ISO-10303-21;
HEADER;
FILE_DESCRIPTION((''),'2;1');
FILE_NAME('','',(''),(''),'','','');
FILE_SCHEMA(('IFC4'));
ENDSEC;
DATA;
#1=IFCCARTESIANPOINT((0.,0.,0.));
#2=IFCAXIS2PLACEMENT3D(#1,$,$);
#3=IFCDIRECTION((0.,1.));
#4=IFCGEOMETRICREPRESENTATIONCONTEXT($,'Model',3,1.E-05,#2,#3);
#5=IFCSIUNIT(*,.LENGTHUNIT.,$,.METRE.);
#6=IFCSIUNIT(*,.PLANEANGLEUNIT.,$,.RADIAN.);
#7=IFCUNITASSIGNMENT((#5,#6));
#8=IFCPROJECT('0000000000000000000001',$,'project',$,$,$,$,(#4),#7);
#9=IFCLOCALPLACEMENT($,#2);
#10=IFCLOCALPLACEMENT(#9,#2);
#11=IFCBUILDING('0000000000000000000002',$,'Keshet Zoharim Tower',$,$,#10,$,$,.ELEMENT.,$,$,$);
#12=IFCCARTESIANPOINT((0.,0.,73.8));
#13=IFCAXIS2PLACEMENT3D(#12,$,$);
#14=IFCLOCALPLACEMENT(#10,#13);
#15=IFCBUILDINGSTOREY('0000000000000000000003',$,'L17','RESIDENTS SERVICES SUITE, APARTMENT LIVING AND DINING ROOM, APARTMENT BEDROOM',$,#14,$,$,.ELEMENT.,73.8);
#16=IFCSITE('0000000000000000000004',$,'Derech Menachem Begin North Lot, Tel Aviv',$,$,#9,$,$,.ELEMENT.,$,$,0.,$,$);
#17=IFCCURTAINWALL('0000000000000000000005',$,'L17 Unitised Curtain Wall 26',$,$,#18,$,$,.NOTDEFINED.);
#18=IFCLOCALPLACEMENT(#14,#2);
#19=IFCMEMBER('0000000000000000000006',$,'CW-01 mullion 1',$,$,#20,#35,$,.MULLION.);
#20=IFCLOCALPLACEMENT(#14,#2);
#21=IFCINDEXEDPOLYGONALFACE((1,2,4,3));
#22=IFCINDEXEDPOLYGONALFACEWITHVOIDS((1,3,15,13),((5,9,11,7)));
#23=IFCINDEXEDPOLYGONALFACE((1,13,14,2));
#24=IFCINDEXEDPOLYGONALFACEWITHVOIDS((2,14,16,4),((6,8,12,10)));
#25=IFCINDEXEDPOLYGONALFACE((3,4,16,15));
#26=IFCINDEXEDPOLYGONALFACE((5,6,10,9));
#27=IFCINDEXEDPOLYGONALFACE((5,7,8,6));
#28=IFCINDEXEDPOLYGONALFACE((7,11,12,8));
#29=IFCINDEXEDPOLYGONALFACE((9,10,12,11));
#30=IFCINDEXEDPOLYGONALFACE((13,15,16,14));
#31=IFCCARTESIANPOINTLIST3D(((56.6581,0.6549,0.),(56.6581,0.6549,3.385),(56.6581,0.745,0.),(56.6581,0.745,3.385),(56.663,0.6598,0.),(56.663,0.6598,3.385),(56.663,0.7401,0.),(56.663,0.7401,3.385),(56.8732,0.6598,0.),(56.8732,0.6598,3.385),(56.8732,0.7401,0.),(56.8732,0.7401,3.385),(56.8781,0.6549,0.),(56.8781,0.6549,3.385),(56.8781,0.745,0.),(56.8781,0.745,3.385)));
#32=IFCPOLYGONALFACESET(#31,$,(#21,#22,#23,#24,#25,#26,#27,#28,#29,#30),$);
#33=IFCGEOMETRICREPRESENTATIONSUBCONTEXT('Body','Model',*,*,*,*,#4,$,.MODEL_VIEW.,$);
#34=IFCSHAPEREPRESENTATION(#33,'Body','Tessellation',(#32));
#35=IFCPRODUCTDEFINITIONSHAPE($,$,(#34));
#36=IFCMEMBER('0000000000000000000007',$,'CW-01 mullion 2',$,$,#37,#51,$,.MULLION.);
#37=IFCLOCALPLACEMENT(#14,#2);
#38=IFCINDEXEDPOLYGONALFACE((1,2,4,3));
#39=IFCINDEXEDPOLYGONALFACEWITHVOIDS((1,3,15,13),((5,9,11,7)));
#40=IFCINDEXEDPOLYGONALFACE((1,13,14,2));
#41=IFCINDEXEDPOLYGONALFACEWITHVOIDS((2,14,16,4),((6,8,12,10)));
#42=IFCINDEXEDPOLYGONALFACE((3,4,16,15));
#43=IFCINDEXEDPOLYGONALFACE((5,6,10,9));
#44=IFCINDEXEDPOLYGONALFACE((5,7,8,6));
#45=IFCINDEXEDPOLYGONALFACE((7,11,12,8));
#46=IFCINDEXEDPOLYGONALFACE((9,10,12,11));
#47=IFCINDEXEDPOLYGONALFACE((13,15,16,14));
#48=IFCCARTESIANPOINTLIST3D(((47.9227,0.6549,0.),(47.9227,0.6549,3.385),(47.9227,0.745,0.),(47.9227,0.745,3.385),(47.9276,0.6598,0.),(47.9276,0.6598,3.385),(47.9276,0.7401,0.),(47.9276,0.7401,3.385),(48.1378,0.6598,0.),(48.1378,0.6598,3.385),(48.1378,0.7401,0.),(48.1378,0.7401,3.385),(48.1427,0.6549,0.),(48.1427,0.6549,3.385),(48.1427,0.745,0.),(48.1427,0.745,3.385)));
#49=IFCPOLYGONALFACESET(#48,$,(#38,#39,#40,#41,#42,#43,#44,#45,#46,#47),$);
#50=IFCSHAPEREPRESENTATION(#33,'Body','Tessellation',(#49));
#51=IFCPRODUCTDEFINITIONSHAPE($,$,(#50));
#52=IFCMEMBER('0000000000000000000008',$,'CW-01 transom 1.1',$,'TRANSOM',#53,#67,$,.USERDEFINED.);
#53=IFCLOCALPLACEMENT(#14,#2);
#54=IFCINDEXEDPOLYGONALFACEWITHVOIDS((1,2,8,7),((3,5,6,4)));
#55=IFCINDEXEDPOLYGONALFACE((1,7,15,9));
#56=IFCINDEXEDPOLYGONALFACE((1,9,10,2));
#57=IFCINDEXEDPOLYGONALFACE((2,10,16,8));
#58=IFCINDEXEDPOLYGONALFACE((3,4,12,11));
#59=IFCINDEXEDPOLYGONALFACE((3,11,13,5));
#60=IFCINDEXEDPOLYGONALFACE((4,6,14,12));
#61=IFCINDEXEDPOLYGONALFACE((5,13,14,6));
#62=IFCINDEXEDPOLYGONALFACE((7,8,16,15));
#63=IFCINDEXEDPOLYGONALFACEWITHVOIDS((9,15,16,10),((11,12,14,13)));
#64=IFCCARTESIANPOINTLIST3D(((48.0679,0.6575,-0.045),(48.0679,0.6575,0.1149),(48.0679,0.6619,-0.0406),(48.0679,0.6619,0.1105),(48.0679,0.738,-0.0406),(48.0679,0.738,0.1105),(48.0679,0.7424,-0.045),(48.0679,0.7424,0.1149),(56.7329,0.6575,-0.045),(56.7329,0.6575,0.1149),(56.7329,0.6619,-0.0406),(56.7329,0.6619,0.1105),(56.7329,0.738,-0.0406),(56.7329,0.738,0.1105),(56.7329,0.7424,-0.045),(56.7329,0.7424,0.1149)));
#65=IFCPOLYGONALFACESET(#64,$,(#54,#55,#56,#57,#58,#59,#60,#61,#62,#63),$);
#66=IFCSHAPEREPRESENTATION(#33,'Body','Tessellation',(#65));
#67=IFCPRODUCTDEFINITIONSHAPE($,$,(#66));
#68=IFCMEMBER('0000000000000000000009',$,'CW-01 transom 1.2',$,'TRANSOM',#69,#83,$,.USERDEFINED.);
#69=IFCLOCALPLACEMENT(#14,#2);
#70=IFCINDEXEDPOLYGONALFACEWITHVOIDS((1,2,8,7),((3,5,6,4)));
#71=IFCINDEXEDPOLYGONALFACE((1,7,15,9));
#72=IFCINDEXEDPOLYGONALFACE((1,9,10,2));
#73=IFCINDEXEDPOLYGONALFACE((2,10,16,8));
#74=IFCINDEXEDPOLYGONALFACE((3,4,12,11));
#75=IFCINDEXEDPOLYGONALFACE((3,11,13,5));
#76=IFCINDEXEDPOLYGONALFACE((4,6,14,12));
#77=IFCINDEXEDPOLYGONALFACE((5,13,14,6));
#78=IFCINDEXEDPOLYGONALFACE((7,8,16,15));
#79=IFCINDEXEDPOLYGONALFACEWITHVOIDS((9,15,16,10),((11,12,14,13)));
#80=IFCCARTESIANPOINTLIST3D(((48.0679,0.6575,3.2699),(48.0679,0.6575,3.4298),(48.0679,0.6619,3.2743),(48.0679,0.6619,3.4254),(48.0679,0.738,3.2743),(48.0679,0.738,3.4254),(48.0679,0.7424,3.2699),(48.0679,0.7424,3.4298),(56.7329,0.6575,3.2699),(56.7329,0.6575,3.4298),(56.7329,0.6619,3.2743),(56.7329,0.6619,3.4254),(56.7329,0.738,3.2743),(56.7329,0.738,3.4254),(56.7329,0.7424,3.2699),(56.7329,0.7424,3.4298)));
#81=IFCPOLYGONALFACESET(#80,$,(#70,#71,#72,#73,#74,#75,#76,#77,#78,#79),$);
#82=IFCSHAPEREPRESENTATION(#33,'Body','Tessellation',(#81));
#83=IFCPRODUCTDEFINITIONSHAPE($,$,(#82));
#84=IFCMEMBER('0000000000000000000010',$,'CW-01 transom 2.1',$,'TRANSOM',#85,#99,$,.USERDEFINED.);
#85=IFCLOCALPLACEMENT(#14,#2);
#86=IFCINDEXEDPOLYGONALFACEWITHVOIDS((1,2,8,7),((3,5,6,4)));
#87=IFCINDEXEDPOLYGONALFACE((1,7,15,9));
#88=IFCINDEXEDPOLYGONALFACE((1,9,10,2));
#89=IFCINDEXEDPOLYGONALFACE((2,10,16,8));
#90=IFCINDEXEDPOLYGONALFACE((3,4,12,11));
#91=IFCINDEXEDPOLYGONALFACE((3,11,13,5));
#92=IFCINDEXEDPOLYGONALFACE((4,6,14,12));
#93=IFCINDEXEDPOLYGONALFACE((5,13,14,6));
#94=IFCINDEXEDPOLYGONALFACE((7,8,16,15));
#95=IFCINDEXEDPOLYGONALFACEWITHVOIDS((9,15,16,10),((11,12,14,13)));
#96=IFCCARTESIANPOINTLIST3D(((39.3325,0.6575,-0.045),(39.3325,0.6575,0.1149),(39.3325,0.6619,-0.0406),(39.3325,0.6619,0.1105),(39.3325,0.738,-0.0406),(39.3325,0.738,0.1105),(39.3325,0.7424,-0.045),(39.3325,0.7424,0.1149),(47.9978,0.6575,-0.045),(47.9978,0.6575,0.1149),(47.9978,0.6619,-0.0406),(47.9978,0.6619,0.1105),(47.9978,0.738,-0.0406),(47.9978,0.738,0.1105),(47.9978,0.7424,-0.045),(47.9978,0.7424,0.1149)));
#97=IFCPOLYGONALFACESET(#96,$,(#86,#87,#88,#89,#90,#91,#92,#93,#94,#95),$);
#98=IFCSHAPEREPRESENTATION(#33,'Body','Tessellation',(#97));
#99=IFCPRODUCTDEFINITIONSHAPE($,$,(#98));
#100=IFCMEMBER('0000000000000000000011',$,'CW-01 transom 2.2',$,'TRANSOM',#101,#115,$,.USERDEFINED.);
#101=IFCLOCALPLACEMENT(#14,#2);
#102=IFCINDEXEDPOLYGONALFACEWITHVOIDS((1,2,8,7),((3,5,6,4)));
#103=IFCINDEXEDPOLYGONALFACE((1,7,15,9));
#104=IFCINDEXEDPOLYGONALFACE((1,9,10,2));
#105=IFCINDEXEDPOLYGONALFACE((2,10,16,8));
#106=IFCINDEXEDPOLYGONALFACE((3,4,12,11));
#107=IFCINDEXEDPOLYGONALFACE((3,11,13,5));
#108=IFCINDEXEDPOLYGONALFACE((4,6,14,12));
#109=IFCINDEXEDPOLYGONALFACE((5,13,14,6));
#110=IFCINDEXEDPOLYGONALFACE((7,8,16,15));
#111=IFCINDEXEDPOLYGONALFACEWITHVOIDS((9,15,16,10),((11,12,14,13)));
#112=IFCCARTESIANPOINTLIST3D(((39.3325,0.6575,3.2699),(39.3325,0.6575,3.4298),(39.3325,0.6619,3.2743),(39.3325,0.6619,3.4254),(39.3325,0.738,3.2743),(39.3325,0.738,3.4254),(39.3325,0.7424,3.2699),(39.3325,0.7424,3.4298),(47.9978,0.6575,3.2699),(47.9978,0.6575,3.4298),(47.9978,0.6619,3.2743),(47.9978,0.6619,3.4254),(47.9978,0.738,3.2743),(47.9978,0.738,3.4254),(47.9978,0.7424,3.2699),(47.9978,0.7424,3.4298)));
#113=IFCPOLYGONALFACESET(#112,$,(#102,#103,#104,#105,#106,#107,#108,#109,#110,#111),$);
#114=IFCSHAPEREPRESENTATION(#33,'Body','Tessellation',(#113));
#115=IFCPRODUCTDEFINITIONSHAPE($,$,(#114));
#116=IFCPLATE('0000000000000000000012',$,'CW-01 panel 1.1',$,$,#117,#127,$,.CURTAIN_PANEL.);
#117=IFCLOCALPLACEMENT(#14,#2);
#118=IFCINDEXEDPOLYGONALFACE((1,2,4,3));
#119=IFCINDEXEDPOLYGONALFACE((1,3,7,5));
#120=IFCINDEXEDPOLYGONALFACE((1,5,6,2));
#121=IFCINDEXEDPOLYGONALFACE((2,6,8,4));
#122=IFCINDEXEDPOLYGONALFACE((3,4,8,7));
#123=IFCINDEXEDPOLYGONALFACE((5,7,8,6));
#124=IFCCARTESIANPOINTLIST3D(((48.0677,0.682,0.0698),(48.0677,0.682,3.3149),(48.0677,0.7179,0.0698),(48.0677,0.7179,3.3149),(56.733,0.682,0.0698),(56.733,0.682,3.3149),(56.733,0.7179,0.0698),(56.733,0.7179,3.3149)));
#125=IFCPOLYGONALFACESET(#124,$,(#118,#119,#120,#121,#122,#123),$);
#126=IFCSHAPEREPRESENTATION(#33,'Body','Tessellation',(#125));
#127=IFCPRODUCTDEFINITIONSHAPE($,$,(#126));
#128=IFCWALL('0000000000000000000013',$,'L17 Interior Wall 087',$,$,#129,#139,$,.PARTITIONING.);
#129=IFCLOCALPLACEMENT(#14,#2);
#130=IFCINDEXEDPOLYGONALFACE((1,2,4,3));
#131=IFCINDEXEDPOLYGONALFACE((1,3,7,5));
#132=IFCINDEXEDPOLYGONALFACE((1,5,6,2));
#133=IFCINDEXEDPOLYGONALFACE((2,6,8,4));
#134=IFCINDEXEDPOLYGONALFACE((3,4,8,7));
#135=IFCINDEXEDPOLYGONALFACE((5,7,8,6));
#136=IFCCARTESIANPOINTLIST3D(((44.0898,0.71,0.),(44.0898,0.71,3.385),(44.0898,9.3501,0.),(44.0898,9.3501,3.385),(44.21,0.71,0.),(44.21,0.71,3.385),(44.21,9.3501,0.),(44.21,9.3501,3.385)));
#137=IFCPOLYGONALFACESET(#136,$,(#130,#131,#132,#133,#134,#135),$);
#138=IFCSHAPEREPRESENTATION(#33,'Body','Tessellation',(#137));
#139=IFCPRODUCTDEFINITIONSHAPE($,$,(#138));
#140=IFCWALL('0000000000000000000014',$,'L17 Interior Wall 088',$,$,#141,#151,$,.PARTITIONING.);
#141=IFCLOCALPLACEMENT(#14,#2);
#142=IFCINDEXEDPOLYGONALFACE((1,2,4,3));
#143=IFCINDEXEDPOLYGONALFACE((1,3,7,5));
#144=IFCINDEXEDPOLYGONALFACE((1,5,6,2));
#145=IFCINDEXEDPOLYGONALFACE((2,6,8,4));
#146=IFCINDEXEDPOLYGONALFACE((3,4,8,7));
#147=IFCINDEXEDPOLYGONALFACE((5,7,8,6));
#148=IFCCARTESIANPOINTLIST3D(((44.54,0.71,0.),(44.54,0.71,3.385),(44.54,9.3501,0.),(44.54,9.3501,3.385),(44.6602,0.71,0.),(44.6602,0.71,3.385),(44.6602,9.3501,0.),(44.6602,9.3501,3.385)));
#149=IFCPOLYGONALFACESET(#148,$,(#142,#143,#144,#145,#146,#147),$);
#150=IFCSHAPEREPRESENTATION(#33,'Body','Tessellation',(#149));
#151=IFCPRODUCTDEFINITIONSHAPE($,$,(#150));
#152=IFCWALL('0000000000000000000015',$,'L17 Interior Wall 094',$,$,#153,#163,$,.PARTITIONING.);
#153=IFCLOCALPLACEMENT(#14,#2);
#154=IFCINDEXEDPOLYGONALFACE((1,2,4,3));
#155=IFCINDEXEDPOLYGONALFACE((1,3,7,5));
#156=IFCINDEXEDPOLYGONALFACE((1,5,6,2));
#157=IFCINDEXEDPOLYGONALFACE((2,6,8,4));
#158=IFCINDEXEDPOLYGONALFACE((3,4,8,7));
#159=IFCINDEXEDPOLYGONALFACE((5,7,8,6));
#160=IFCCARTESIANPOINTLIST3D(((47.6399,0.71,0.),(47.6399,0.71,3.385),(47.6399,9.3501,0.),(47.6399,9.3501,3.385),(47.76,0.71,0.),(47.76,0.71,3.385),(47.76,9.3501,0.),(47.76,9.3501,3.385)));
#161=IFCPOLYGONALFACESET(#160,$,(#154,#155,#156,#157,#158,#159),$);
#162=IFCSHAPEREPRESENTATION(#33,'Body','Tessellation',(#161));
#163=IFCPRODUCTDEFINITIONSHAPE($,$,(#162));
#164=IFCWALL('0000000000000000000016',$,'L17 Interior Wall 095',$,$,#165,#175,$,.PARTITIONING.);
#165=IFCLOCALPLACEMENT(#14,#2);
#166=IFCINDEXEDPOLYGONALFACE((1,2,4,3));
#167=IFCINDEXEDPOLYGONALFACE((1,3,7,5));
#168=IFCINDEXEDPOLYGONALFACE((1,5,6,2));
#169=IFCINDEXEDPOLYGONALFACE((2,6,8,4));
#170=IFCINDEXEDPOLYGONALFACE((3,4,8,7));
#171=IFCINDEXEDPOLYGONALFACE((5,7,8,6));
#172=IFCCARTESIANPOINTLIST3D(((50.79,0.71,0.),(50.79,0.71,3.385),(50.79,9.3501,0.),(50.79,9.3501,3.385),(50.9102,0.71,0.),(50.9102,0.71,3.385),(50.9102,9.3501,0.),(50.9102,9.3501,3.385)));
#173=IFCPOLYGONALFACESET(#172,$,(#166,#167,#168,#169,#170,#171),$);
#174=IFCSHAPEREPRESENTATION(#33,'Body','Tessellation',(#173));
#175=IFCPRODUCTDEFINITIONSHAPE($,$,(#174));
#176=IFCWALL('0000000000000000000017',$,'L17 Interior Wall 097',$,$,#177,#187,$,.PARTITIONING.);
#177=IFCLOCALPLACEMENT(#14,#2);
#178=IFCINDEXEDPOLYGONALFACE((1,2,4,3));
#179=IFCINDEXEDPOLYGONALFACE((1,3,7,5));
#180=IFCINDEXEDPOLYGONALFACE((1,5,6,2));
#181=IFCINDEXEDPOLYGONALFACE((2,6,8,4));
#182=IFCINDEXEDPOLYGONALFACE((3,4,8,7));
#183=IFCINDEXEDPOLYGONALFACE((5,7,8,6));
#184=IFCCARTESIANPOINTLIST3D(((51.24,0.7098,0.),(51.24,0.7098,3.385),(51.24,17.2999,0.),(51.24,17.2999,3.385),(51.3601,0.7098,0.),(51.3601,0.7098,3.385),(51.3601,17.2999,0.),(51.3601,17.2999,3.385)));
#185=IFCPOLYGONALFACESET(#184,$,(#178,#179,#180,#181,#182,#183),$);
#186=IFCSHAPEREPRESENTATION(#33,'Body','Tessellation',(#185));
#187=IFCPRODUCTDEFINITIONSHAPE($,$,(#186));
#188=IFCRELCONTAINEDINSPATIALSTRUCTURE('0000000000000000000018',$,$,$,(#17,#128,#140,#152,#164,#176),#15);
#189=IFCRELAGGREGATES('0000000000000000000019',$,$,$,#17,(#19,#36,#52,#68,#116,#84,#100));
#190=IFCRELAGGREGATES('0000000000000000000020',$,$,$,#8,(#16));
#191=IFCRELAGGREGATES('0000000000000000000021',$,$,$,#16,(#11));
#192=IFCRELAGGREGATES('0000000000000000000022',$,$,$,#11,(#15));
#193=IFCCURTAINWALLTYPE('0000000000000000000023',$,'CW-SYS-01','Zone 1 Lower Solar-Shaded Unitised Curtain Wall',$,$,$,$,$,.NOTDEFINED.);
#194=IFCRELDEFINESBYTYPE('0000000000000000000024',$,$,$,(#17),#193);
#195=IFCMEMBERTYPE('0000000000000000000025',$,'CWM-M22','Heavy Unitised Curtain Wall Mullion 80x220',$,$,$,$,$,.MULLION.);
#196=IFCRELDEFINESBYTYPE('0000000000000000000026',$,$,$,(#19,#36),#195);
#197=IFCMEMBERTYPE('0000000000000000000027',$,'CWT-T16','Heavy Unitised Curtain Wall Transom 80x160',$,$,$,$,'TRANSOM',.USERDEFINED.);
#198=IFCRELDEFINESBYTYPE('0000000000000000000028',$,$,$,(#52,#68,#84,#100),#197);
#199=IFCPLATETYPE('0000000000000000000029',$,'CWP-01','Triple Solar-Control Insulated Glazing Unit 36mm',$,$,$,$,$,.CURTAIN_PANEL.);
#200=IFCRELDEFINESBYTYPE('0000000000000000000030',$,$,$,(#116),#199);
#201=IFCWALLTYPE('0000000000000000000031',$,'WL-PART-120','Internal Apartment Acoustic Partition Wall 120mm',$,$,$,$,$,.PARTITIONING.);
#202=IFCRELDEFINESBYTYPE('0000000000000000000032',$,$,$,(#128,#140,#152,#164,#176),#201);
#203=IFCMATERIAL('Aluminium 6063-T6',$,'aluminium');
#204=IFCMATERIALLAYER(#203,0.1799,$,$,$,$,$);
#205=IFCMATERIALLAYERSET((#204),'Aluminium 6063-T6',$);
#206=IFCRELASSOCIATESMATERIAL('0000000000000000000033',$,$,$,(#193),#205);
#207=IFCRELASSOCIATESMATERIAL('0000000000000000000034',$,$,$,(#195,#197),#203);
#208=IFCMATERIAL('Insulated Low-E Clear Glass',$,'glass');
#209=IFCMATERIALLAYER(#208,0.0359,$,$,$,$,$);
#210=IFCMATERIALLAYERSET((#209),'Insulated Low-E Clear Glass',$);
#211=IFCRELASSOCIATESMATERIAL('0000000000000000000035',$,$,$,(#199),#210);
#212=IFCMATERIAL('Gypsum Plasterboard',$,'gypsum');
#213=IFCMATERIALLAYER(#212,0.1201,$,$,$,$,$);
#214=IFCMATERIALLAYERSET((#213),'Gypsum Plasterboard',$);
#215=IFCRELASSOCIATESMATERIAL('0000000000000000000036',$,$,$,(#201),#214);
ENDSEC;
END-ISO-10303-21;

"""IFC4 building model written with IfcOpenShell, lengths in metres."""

from ifc_helpers import new_model, si_unit, direction, frame, frame_2d, origin, origin_2d, place, context, subcontext, project, spatial, rectangle, hollow_rectangle, extrude, material, layer, layer_set, material_profile, profile_set, type_object, element, aggregate, save


model = new_model("IFC4")

# Units and contexts
model_context = context("Model", 3, precision=1e-05, world=origin(), true_north=direction((0.0, 1.0)))
body_context = subcontext(model_context, "Body", "Model", "MODEL_VIEW")
ifc_project = project(units=[si_unit("LENGTHUNIT", "METRE"), si_unit("PLANEANGLEUNIT", "RADIAN")], contexts=[model_context])

# Site, building, storey
site_placement = place(None, origin())
site = spatial("IfcSite", under=ifc_project, at=site_placement, Name="Derech Menachem Begin North Lot, Tel Aviv", CompositionType="ELEMENT", RefElevation=0.0)
building_placement = place(site_placement, origin())
building = spatial("IfcBuilding", under=site, at=building_placement, Name="Keshet Zoharim Tower", CompositionType="ELEMENT")
storey_placement = place(building_placement, frame((0.0, 0.0, 73.8)))
storey = spatial("IfcBuildingStorey", under=building, at=storey_placement, Name="L17", Description="RESIDENTS SERVICES SUITE, APARTMENT LIVING AND DINING ROOM, APARTMENT BEDROOM", CompositionType="ELEMENT", Elevation=73.8)

# Curtain wall, members, plate
ifc_material_1 = material(Name="Aluminium 6063-T6", Category="aluminium")
ifc_layer_1 = layer(ifc_material_1, 0.1799)
ifc_layer_set_1 = layer_set([ifc_layer_1], Name="Aluminium 6063-T6")
curtain_wall_type = type_object("IfcCurtainWallType", Name="CW-SYS-01", Description="Zone 1 Lower Solar-Shaded Unitised Curtain Wall", PredefinedType="NOTDEFINED", material=ifc_layer_set_1)
curtain_wall_placement = place(storey_placement, origin())
curtain_wall = element("IfcCurtainWall", 1, at=curtain_wall_placement, inside=storey, type_object=curtain_wall_type, Name="L17 Unitised Curtain Wall 26", PredefinedType="NOTDEFINED")
ifc_material_profile_1 = material_profile(ifc_material_1, hollow_rectangle(XDim=0.0901, YDim=0.22, WallThickness=0.0049, at=origin_2d()), Name="MUL-90x220")
ifc_profile_set_1 = profile_set([ifc_material_profile_1], Name="Aluminium 6063-T6")
member_type_1 = type_object("IfcMemberType", Name="CWM-M22", Description="Heavy Unitised Curtain Wall Mullion 80x220", PredefinedType="MULLION", material=ifc_profile_set_1)
member_1_placement = place(storey_placement, frame((56.7681, 0.7, 0.0), z_axis=(0.0, 0.0, 1.0), x_axis=(0.0, -1.0, 0.0)))
member_1 = element("IfcMember", 2, at=member_1_placement, type_object=member_type_1, Name="CW-01 mullion 1", PredefinedType="MULLION", context=body_context, shape_type="SweptSolid", body=[
    extrude(hollow_rectangle(XDim=0.0901, YDim=0.22, WallThickness=0.0049, at=origin_2d()), origin(), (0.0, 0.0, 1.0), 3.385),
])
member_2_placement = place(storey_placement, frame((48.0327, 0.7, 0.0), z_axis=(0.0, 0.0, 1.0), x_axis=(0.0, -1.0, 0.0)))
member_2 = element("IfcMember", 3, at=member_2_placement, type_object=member_type_1, Name="CW-01 mullion 2", PredefinedType="MULLION", context=body_context, shape_type="SweptSolid", body=[
    extrude(hollow_rectangle(XDim=0.0901, YDim=0.22, WallThickness=0.0049, at=origin_2d()), origin(), (0.0, 0.0, 1.0), 3.385),
])
ifc_material_profile_2 = material_profile(ifc_material_1, hollow_rectangle(XDim=0.085, YDim=0.1599, WallThickness=0.0044, at=origin_2d()), Name="TRN-85x160")
ifc_profile_set_2 = profile_set([ifc_material_profile_2], Name="Aluminium 6063-T6")
member_type_2 = type_object("IfcMemberType", Name="CWT-T16", Description="Heavy Unitised Curtain Wall Transom 80x160", ElementType="TRANSOM", PredefinedType="USERDEFINED", material=ifc_profile_set_2)
member_3_placement = place(storey_placement, frame((56.7329, 0.7, 0.0349), z_axis=(-1.0, 0.0, 0.0), x_axis=(0.0, -1.0, 0.0)))
member_3 = element("IfcMember", 4, at=member_3_placement, type_object=member_type_2, Name="CW-01 transom 1.1", ObjectType="TRANSOM", PredefinedType="USERDEFINED", context=body_context, shape_type="SweptSolid", body=[
    extrude(hollow_rectangle(XDim=0.085, YDim=0.1599, WallThickness=0.0044, at=origin_2d()), origin(), (0.0, 0.0, 1.0), 8.665),
])
member_4_placement = place(storey_placement, frame((56.7329, 0.7, 3.3499), z_axis=(-1.0, 0.0, 0.0), x_axis=(0.0, -1.0, 0.0)))
member_4 = element("IfcMember", 5, at=member_4_placement, type_object=member_type_2, Name="CW-01 transom 1.2", ObjectType="TRANSOM", PredefinedType="USERDEFINED", context=body_context, shape_type="SweptSolid", body=[
    extrude(hollow_rectangle(XDim=0.085, YDim=0.1599, WallThickness=0.0044, at=origin_2d()), origin(), (0.0, 0.0, 1.0), 8.665),
])
member_5_placement = place(storey_placement, frame((47.9978, 0.7, 0.0349), z_axis=(-1.0, 0.0, 0.0), x_axis=(0.0, -1.0, 0.0)))
member_5 = element("IfcMember", 6, at=member_5_placement, type_object=member_type_2, Name="CW-01 transom 2.1", ObjectType="TRANSOM", PredefinedType="USERDEFINED", context=body_context, shape_type="SweptSolid", body=[
    extrude(hollow_rectangle(XDim=0.085, YDim=0.1599, WallThickness=0.0044, at=origin_2d()), origin(), (0.0, 0.0, 1.0), 8.6653),
])
member_6_placement = place(storey_placement, frame((47.9978, 0.7, 3.3499), z_axis=(-1.0, 0.0, 0.0), x_axis=(0.0, -1.0, 0.0)))
member_6 = element("IfcMember", 7, at=member_6_placement, type_object=member_type_2, Name="CW-01 transom 2.2", ObjectType="TRANSOM", PredefinedType="USERDEFINED", context=body_context, shape_type="SweptSolid", body=[
    extrude(hollow_rectangle(XDim=0.085, YDim=0.1599, WallThickness=0.0044, at=origin_2d()), origin(), (0.0, 0.0, 1.0), 8.6653),
])
ifc_material_2 = material(Name="Insulated Low-E Clear Glass", Category="glass")
ifc_layer_2 = layer(ifc_material_2, 0.0359)
ifc_layer_set_2 = layer_set([ifc_layer_2], Name="Insulated Low-E Clear Glass")
plate_type = type_object("IfcPlateType", Name="CWP-01", Description="Triple Solar-Control Insulated Glazing Unit 36mm", PredefinedType="CURTAIN_PANEL", material=ifc_layer_set_2)
plate_placement = place(storey_placement, frame((52.4004, 0.7, 0.0698), z_axis=(0.0, 0.0, 1.0), x_axis=(-1.0, 0.0, 0.0)))
plate = element("IfcPlate", 8, at=plate_placement, type_object=plate_type, Name="CW-01 panel 1.1", PredefinedType="CURTAIN_PANEL", context=body_context, shape_type="SweptSolid", body=[
    extrude(rectangle(XDim=8.6653, YDim=0.0359, at=origin_2d()), origin(), (0.0, 0.0, 1.0), 3.2451),
])
aggregate(curtain_wall, [member_1, member_2, member_3, member_4, plate, member_5, member_6])

# Walls
ifc_material_3 = material(Name="Gypsum Plasterboard", Category="gypsum")
ifc_layer_3 = layer(ifc_material_3, 0.1201)
ifc_layer_set_3 = layer_set([ifc_layer_3], Name="Gypsum Plasterboard")
wall_type = type_object("IfcWallType", Name="WL-PART-120", Description="Internal Apartment Acoustic Partition Wall 120mm", PredefinedType="PARTITIONING", material=ifc_layer_set_3)
for number, where, z_axis, x_axis, name in (
    (9, (44.1499, 0.71, 0.0), (0.0, 0.0, 1.0), (0.0, 1.0, 0.0), "L17 Interior Wall 087"),
    (10, (44.6001, 0.71, 0.0), (0.0, 0.0, 1.0), (0.0, 1.0, 0.0), "L17 Interior Wall 088"),
    (11, (47.7, 0.71, 0.0), (0.0, 0.0, 1.0), (0.0, 1.0, 0.0), "L17 Interior Wall 094"),
    (12, (50.8501, 0.71, 0.0), (0.0, 0.0, 1.0), (0.0, 1.0, 0.0), "L17 Interior Wall 095"),
):
    element("IfcWall", number, at=place(storey_placement, frame(where, z_axis=z_axis, x_axis=x_axis)), inside=storey, type_object=wall_type, Name=name, PredefinedType="PARTITIONING", context=body_context, shape_type="SweptSolid", body=[
        extrude(rectangle(XDim=8.6401, YDim=0.1201, at=frame_2d((4.3201, 0.0))), origin(), (0.0, 0.0, 1.0), 3.385),
    ])
wall_1_placement = place(storey_placement, frame((51.3, 0.71, 0.0), z_axis=(0.0, 0.0, 1.0), x_axis=(0.0, 1.0, 0.0)))
element("IfcWall", 13, at=wall_1_placement, inside=storey, type_object=wall_type, Name="L17 Interior Wall 097", PredefinedType="PARTITIONING", context=body_context, shape_type="SweptSolid", body=[
    extrude(rectangle(XDim=16.5901, YDim=0.1201, at=frame_2d((8.2949, 0.0))), origin(), (0.0, 0.0, 1.0), 3.385),
])

save(model, "model.ifc")
